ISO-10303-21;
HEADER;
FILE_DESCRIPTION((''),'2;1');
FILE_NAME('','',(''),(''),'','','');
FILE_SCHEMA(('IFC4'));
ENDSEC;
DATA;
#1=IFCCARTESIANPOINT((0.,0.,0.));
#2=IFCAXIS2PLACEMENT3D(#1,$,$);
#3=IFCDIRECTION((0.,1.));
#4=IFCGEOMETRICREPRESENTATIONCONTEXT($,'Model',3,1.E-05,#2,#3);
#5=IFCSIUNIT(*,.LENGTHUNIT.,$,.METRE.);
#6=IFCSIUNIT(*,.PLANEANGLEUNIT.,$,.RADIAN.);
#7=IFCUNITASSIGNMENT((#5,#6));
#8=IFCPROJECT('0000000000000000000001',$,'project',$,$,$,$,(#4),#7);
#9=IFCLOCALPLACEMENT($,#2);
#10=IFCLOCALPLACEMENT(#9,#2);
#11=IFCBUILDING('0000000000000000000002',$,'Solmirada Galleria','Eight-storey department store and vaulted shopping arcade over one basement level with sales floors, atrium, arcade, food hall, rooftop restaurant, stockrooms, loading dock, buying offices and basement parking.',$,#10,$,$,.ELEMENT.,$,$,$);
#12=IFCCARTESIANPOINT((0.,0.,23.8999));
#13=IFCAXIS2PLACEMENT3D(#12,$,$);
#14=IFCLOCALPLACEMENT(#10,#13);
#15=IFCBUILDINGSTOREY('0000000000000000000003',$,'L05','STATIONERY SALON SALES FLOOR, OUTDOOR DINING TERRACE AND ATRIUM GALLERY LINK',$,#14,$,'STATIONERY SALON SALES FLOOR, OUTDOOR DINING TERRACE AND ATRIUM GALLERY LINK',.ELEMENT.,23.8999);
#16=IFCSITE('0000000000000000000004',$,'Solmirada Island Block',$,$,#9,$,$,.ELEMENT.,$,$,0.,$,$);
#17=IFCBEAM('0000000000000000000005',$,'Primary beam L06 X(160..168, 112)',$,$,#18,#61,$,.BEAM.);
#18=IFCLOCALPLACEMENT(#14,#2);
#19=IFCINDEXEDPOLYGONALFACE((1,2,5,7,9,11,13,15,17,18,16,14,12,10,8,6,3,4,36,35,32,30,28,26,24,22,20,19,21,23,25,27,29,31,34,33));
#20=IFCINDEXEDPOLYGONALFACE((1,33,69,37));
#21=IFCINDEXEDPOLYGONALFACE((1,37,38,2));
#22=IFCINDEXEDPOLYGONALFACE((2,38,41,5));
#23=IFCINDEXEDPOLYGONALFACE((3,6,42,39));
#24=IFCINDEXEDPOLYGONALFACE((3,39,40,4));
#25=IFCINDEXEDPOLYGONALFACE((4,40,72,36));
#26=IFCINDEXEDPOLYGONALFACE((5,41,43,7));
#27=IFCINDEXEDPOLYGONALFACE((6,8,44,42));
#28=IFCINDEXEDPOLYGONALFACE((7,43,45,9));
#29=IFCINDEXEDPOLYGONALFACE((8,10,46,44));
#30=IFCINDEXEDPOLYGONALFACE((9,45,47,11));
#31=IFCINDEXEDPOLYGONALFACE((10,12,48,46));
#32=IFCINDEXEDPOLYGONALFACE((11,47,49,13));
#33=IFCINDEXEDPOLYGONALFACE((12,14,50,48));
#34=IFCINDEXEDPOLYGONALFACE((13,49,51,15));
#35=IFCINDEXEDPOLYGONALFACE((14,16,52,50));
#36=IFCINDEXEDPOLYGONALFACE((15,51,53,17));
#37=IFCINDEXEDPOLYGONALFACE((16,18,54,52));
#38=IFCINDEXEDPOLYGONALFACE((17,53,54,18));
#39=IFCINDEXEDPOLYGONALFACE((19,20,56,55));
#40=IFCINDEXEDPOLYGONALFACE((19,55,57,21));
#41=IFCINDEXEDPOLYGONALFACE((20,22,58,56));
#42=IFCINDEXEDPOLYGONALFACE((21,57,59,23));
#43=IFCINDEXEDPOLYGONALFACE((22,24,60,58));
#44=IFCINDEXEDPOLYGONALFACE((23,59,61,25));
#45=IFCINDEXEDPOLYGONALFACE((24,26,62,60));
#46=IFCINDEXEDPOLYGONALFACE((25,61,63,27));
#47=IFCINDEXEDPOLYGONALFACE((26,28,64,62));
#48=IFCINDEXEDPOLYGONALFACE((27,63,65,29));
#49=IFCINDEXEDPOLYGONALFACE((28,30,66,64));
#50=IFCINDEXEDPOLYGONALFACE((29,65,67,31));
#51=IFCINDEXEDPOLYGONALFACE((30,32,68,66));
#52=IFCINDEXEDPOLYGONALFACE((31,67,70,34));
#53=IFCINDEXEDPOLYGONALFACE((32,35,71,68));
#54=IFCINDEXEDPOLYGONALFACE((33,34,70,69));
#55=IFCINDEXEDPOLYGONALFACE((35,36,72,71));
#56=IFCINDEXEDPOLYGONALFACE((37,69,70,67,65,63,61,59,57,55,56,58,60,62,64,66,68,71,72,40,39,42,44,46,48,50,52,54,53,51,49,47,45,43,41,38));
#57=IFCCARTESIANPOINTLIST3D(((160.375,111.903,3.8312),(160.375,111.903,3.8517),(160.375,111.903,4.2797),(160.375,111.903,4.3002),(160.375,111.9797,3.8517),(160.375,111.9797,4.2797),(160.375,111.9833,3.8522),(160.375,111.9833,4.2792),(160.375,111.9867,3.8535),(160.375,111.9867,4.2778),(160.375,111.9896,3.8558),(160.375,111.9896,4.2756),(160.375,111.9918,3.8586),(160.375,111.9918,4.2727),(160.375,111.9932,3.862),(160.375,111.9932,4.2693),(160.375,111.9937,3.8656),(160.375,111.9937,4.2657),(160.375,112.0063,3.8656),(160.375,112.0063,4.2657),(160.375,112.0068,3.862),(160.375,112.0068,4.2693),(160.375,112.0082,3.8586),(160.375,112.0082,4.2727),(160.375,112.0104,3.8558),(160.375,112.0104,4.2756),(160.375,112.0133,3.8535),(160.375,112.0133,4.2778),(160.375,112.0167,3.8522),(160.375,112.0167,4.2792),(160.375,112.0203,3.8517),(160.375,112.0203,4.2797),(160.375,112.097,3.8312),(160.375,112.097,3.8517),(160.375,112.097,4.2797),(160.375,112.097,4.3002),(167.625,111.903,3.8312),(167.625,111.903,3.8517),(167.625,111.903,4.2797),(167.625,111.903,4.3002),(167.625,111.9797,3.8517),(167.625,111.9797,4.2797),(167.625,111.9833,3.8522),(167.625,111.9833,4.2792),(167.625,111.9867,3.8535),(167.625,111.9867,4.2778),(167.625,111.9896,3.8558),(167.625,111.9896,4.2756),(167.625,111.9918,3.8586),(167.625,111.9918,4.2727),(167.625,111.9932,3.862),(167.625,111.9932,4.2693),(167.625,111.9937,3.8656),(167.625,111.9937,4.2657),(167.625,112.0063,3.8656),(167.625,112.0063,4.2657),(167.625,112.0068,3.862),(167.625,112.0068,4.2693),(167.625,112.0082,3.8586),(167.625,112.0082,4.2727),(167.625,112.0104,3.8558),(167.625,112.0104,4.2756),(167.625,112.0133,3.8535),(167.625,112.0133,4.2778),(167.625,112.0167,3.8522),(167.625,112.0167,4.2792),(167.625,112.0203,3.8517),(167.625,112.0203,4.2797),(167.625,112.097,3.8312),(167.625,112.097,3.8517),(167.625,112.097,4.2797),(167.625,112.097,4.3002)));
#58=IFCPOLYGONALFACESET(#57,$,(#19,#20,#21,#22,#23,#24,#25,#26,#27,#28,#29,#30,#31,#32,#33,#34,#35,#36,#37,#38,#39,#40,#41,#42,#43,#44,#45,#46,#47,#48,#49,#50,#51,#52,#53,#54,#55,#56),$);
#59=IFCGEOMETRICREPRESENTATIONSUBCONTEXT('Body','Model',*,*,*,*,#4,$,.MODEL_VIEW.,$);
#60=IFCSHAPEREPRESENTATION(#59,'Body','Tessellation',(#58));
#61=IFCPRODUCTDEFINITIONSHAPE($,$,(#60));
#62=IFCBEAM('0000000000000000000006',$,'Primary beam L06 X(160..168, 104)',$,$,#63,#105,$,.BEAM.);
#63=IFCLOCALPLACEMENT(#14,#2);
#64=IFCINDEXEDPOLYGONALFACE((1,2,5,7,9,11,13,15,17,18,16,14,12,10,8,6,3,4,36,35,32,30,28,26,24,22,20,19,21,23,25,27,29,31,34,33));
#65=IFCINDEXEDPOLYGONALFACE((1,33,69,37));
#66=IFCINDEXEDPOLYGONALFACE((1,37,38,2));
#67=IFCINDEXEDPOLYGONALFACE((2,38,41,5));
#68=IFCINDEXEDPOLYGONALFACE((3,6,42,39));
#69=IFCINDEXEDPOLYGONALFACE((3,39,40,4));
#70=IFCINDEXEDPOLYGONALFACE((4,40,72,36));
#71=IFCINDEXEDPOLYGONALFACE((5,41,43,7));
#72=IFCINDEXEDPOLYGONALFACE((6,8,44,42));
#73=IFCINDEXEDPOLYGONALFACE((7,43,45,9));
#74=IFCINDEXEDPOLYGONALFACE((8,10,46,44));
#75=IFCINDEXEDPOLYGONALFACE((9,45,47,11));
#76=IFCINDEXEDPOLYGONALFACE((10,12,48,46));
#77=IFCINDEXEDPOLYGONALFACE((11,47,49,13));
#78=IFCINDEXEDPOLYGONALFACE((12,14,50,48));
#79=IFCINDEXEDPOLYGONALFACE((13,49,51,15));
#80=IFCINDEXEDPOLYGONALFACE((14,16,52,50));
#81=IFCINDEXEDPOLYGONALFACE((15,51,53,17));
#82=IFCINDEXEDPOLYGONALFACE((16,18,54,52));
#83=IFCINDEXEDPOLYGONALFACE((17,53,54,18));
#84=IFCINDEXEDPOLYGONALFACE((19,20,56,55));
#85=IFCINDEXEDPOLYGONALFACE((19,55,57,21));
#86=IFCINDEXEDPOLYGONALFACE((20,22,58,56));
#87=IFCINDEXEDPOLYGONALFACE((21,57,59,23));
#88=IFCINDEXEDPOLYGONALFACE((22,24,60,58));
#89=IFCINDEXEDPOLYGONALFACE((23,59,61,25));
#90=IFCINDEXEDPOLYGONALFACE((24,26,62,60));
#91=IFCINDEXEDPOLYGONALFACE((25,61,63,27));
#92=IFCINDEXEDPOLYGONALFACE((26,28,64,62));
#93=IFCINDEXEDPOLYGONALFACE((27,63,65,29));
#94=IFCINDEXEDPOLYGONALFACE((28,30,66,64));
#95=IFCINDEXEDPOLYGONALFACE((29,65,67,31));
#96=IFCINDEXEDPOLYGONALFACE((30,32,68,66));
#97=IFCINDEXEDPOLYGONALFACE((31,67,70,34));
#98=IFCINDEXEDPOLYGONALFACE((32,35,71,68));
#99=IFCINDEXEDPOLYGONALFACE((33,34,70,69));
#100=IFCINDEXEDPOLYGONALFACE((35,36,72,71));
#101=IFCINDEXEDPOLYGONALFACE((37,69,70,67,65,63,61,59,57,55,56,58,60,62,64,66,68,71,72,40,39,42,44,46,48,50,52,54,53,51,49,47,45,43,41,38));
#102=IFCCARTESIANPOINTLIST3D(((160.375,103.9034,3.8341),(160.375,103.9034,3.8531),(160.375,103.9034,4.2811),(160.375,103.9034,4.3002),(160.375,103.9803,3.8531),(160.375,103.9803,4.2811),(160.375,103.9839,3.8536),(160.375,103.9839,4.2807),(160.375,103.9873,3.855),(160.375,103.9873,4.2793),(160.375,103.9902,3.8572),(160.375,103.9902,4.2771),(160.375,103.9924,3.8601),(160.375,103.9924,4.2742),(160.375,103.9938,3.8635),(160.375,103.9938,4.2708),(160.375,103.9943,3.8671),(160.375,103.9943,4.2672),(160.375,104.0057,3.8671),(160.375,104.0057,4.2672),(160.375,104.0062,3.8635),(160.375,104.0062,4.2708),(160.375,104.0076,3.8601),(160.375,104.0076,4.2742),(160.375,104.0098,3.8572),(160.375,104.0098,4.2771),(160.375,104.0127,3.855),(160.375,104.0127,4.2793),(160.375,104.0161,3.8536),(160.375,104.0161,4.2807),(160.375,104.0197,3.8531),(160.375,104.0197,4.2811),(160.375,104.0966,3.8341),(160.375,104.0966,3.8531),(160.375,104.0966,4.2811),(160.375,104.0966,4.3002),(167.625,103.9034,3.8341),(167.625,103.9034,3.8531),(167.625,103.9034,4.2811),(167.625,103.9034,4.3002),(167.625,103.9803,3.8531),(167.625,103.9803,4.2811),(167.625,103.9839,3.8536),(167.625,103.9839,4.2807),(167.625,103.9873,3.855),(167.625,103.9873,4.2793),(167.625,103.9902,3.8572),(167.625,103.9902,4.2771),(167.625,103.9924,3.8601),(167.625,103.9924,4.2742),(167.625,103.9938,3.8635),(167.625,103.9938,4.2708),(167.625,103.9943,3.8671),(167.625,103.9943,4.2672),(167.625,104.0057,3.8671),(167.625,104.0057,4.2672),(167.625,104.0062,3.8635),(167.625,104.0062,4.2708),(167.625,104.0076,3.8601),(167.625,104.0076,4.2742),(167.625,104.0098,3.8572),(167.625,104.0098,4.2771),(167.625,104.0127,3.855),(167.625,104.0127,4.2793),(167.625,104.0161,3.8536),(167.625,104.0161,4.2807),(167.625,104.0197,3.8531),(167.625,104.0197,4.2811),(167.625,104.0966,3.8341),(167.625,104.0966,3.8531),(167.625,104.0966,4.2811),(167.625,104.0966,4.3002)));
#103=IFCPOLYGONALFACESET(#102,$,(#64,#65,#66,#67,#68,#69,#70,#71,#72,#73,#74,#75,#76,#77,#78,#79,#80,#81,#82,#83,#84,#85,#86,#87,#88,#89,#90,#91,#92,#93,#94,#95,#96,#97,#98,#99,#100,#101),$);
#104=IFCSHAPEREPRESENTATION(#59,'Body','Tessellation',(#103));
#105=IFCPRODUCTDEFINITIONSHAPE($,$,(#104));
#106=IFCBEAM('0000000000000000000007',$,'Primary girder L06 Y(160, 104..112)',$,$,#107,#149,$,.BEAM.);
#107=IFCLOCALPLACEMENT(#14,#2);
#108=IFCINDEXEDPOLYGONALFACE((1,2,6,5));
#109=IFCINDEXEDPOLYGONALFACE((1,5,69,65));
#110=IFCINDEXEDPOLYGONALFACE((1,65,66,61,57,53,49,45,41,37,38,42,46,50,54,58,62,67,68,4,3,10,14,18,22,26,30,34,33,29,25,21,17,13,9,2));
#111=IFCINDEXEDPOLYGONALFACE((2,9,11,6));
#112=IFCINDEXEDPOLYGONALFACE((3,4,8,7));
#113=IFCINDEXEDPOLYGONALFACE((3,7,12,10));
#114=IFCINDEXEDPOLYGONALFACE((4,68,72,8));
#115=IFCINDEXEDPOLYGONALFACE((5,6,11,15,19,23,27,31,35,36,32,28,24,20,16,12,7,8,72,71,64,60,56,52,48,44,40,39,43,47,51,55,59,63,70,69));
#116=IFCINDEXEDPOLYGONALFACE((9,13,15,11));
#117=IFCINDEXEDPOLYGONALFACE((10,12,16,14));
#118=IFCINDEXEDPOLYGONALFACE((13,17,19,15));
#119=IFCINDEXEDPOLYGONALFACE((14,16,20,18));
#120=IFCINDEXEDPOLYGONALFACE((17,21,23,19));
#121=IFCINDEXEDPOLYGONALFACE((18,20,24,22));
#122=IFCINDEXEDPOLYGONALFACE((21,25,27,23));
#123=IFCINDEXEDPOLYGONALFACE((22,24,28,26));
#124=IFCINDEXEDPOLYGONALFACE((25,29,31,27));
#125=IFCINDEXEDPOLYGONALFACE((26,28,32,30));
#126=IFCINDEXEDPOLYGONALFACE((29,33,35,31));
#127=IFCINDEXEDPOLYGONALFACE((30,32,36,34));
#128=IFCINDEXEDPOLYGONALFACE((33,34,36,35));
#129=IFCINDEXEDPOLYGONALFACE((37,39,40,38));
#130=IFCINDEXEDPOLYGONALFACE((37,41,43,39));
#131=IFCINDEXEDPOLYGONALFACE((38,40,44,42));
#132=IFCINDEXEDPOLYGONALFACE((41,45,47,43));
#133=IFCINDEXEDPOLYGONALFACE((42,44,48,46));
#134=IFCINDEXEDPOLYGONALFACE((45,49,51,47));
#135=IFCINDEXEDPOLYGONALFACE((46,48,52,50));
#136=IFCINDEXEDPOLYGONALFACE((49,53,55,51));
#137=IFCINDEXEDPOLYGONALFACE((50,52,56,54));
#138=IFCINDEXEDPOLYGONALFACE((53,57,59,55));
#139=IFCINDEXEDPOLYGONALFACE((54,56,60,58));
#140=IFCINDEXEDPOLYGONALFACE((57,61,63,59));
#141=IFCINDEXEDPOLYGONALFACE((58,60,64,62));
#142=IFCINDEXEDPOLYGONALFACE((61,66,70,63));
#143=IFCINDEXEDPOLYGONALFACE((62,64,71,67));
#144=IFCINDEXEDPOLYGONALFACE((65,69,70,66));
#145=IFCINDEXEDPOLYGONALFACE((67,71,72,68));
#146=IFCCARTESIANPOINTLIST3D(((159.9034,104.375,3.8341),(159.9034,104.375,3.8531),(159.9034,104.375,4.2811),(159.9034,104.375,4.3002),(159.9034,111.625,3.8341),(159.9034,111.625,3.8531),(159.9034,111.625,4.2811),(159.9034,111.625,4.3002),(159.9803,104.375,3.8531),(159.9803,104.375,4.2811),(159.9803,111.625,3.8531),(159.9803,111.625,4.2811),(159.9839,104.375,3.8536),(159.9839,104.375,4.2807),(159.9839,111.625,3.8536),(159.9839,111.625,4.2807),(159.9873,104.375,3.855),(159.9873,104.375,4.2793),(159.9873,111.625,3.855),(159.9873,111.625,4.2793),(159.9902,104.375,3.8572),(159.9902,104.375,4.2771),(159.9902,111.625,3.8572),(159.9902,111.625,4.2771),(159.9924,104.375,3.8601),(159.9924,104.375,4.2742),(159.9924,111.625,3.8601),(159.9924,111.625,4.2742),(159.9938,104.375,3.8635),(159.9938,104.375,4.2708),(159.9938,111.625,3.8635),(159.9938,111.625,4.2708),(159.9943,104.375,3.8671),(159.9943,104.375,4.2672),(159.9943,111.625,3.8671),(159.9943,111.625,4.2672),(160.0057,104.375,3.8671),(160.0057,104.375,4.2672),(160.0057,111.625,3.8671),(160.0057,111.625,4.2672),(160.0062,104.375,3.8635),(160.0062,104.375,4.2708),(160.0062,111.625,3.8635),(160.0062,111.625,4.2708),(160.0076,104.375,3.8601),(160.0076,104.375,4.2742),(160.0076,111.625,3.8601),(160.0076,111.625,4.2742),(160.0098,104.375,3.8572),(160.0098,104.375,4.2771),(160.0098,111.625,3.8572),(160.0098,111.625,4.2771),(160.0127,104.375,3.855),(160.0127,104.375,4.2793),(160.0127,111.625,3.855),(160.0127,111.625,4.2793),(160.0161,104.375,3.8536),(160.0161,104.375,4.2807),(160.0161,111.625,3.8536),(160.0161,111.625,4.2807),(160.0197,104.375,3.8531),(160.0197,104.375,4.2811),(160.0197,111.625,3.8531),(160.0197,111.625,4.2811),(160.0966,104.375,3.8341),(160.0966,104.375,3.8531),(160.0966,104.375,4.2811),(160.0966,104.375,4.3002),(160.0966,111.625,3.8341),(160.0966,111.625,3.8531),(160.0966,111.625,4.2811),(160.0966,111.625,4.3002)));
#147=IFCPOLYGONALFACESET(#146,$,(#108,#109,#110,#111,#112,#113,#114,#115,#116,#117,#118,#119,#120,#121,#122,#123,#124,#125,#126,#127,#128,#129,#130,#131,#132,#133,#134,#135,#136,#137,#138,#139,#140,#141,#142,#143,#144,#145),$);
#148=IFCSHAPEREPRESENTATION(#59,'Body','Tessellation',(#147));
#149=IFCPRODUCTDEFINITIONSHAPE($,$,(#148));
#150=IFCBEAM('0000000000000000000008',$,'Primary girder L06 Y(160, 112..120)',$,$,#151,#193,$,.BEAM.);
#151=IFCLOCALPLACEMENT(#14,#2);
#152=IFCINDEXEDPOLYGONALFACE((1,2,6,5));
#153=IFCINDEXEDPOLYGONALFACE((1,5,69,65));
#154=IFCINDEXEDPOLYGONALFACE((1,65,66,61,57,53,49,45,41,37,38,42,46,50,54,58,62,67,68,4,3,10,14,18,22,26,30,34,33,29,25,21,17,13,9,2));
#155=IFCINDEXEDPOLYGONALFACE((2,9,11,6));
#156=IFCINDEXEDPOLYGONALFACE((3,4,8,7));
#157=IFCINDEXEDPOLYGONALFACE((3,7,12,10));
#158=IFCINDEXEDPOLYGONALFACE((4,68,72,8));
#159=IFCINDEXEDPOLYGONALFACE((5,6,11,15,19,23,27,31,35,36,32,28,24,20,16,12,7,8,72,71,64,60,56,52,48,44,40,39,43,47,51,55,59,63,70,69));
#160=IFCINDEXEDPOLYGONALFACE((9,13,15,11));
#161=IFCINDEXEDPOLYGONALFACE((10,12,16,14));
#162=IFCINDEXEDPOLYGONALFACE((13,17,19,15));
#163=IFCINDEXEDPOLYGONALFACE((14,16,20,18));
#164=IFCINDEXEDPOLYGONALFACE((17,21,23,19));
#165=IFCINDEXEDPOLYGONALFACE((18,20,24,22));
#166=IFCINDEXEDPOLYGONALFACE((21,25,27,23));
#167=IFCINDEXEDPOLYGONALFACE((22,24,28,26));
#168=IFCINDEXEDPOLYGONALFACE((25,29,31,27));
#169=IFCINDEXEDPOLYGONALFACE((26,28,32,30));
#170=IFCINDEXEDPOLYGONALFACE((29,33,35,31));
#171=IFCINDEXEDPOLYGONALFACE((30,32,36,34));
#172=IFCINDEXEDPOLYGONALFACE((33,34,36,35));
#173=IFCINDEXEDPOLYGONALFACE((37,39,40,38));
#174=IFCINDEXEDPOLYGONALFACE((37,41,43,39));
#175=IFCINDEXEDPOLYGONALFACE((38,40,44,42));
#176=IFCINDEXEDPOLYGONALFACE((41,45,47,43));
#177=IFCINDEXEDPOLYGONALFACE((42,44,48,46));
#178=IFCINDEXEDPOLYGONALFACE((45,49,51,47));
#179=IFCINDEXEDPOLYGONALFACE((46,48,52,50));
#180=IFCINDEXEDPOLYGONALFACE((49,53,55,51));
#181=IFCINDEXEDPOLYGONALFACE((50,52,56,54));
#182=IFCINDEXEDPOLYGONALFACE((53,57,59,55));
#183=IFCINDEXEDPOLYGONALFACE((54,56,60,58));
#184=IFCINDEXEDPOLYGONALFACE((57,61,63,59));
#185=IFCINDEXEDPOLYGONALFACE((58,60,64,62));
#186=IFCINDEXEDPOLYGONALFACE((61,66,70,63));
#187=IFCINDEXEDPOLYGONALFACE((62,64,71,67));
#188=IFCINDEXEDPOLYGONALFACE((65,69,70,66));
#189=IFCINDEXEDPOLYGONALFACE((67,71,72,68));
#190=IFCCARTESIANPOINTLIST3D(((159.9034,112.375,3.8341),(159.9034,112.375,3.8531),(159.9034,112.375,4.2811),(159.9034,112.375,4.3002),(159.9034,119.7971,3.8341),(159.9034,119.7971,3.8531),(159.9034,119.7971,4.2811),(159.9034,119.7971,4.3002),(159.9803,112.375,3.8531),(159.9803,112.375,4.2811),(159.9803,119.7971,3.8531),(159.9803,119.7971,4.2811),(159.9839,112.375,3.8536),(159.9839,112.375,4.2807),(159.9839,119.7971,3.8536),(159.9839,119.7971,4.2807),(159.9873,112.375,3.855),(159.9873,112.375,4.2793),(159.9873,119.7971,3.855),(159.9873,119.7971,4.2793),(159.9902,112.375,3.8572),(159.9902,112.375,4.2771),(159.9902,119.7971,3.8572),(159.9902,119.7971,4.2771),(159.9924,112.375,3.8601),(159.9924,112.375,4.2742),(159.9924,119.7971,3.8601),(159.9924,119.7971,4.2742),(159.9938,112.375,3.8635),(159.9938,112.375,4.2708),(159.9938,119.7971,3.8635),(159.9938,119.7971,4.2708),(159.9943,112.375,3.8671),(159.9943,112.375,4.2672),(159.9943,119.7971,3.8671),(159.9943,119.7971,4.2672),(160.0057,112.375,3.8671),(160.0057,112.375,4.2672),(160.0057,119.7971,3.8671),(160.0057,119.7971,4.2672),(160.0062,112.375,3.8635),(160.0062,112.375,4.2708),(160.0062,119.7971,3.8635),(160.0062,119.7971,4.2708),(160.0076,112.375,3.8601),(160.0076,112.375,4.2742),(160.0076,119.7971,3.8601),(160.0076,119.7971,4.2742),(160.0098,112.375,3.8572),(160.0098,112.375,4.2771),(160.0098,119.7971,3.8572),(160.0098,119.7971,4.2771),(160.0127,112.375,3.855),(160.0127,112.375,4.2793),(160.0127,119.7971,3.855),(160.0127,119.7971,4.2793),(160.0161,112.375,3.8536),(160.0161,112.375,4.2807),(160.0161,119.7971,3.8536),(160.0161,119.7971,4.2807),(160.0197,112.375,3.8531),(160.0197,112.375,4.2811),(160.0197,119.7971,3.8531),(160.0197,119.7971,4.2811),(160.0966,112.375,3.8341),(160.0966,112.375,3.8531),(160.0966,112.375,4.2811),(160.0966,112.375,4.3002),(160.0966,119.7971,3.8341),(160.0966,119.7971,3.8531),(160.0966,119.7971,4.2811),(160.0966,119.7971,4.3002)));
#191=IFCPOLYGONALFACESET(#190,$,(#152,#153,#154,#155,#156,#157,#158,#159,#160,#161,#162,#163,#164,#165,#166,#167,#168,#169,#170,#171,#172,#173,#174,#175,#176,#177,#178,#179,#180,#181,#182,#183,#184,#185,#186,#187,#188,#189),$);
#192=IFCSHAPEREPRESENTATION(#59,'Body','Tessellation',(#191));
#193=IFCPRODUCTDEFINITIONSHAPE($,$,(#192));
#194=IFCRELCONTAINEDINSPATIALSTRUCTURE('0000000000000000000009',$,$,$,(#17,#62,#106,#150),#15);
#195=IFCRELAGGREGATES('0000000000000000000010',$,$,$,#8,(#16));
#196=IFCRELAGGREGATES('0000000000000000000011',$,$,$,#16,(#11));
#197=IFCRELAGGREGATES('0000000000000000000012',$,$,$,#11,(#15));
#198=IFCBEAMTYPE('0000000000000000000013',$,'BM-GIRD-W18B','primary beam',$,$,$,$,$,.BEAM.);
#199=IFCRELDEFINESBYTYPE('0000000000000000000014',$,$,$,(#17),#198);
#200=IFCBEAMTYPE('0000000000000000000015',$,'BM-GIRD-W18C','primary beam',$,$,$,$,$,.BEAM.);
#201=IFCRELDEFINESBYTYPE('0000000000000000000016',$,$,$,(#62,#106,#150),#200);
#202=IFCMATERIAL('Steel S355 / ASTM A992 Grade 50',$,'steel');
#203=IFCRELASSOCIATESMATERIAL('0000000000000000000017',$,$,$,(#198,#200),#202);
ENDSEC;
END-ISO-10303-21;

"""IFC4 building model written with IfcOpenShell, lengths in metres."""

from ifc_helpers import new_model, si_unit, direction, frame, origin, origin_2d, place, context, subcontext, project, spatial, i_section, extrude, material, material_profile, profile_set, type_object, element, save


model = new_model("IFC4")

# Units and contexts
model_context = context("Model", 3, precision=1e-05, world=origin(), true_north=direction((0.0, 1.0)))
body_context = subcontext(model_context, "Body", "Model", "MODEL_VIEW")
ifc_project = project(units=[si_unit("LENGTHUNIT", "METRE"), si_unit("PLANEANGLEUNIT", "RADIAN")], contexts=[model_context])

# Site, building, storey
site_placement = place(None, origin())
site = spatial("IfcSite", under=ifc_project, at=site_placement, Name="Solmirada Island Block", CompositionType="ELEMENT", RefElevation=0.0)
building_placement = place(site_placement, origin())
building = spatial("IfcBuilding", under=site, at=building_placement, Name="Solmirada Galleria", Description="Eight-storey department store and vaulted shopping arcade over one basement level with sales floors, atrium, arcade, food hall, rooftop restaurant, stockrooms, loading dock, buying offices and basement parking.", CompositionType="ELEMENT")
storey_placement = place(building_placement, frame((0.0, 0.0, 23.8999)))
storey = spatial("IfcBuildingStorey", under=building, at=storey_placement, Name="L05", Description="STATIONERY SALON SALES FLOOR, OUTDOOR DINING TERRACE AND ATRIUM GALLERY LINK", LongName="STATIONERY SALON SALES FLOOR, OUTDOOR DINING TERRACE AND ATRIUM GALLERY LINK", CompositionType="ELEMENT", Elevation=23.8999)

# Beams
ifc_material_1 = material(Name="Steel S355 / ASTM A992 Grade 50", Category="steel")
ifc_material_profile_1 = material_profile(ifc_material_1, i_section(OverallWidth=0.1941, OverallDepth=0.469, WebThickness=0.0127, FlangeThickness=0.0205, FilletRadius=0.0139, at=origin_2d()), Name="W18X71")
ifc_profile_set_1 = profile_set([ifc_material_profile_1], Name="Steel S355 / ASTM A992 Grade 50")
beam_type_1 = type_object("IfcBeamType", Name="BM-GIRD-W18B", Description="primary beam", PredefinedType="BEAM", material=ifc_profile_set_1)
beam_1_placement = place(storey_placement, frame((160.375, 112.0, 4.0657), z_axis=(1.0, 0.0, 0.0), x_axis=(0.0, 1.0, 0.0)))
element("IfcBeam", 1, at=beam_1_placement, inside=storey, type_object=beam_type_1, Name="Primary beam L06 X(160..168, 112)", PredefinedType="BEAM", context=body_context, shape_type="SweptSolid", body=[
    extrude(i_section(OverallWidth=0.1941, OverallDepth=0.469, WebThickness=0.0127, FlangeThickness=0.0205, FilletRadius=0.0139, at=origin_2d()), origin(), (0.0, 0.0, 1.0), 7.25),
])
ifc_material_profile_2 = material_profile(ifc_material_1, i_section(OverallWidth=0.1931, OverallDepth=0.4661, WebThickness=0.0115, FlangeThickness=0.019, FilletRadius=0.0139, at=origin_2d()), Name="W18X65")
ifc_profile_set_2 = profile_set([ifc_material_profile_2], Name="Steel S355 / ASTM A992 Grade 50")
beam_type_2 = type_object("IfcBeamType", Name="BM-GIRD-W18C", Description="primary beam", PredefinedType="BEAM", material=ifc_profile_set_2)
for number, where, z_axis, x_axis, name in (
    (2, (160.375, 104.0, 4.0671), (1.0, 0.0, 0.0), (0.0, 1.0, 0.0), "Primary beam L06 X(160..168, 104)"),
    (3, (160.0, 104.375, 4.0671), (0.0, 1.0, 0.0), (-1.0, 0.0, 0.0), "Primary girder L06 Y(160, 104..112)"),
):
    element("IfcBeam", number, at=place(storey_placement, frame(where, z_axis=z_axis, x_axis=x_axis)), inside=storey, type_object=beam_type_2, Name=name, PredefinedType="BEAM", context=body_context, shape_type="SweptSolid", body=[
        extrude(i_section(OverallWidth=0.1931, OverallDepth=0.4661, WebThickness=0.0115, FlangeThickness=0.019, FilletRadius=0.0139, at=origin_2d()), origin(), (0.0, 0.0, 1.0), 7.25),
    ])
beam_2_placement = place(storey_placement, frame((160.0, 112.375, 4.0671), z_axis=(0.0, 1.0, 0.0), x_axis=(-1.0, 0.0, 0.0)))
element("IfcBeam", 4, at=beam_2_placement, inside=storey, type_object=beam_type_2, Name="Primary girder L06 Y(160, 112..120)", PredefinedType="BEAM", context=body_context, shape_type="SweptSolid", body=[
    extrude(i_section(OverallWidth=0.1931, OverallDepth=0.4661, WebThickness=0.0115, FlangeThickness=0.019, FilletRadius=0.0139, at=origin_2d()), origin(), (0.0, 0.0, 1.0), 7.4221),
])

save(model, "model.ifc")
